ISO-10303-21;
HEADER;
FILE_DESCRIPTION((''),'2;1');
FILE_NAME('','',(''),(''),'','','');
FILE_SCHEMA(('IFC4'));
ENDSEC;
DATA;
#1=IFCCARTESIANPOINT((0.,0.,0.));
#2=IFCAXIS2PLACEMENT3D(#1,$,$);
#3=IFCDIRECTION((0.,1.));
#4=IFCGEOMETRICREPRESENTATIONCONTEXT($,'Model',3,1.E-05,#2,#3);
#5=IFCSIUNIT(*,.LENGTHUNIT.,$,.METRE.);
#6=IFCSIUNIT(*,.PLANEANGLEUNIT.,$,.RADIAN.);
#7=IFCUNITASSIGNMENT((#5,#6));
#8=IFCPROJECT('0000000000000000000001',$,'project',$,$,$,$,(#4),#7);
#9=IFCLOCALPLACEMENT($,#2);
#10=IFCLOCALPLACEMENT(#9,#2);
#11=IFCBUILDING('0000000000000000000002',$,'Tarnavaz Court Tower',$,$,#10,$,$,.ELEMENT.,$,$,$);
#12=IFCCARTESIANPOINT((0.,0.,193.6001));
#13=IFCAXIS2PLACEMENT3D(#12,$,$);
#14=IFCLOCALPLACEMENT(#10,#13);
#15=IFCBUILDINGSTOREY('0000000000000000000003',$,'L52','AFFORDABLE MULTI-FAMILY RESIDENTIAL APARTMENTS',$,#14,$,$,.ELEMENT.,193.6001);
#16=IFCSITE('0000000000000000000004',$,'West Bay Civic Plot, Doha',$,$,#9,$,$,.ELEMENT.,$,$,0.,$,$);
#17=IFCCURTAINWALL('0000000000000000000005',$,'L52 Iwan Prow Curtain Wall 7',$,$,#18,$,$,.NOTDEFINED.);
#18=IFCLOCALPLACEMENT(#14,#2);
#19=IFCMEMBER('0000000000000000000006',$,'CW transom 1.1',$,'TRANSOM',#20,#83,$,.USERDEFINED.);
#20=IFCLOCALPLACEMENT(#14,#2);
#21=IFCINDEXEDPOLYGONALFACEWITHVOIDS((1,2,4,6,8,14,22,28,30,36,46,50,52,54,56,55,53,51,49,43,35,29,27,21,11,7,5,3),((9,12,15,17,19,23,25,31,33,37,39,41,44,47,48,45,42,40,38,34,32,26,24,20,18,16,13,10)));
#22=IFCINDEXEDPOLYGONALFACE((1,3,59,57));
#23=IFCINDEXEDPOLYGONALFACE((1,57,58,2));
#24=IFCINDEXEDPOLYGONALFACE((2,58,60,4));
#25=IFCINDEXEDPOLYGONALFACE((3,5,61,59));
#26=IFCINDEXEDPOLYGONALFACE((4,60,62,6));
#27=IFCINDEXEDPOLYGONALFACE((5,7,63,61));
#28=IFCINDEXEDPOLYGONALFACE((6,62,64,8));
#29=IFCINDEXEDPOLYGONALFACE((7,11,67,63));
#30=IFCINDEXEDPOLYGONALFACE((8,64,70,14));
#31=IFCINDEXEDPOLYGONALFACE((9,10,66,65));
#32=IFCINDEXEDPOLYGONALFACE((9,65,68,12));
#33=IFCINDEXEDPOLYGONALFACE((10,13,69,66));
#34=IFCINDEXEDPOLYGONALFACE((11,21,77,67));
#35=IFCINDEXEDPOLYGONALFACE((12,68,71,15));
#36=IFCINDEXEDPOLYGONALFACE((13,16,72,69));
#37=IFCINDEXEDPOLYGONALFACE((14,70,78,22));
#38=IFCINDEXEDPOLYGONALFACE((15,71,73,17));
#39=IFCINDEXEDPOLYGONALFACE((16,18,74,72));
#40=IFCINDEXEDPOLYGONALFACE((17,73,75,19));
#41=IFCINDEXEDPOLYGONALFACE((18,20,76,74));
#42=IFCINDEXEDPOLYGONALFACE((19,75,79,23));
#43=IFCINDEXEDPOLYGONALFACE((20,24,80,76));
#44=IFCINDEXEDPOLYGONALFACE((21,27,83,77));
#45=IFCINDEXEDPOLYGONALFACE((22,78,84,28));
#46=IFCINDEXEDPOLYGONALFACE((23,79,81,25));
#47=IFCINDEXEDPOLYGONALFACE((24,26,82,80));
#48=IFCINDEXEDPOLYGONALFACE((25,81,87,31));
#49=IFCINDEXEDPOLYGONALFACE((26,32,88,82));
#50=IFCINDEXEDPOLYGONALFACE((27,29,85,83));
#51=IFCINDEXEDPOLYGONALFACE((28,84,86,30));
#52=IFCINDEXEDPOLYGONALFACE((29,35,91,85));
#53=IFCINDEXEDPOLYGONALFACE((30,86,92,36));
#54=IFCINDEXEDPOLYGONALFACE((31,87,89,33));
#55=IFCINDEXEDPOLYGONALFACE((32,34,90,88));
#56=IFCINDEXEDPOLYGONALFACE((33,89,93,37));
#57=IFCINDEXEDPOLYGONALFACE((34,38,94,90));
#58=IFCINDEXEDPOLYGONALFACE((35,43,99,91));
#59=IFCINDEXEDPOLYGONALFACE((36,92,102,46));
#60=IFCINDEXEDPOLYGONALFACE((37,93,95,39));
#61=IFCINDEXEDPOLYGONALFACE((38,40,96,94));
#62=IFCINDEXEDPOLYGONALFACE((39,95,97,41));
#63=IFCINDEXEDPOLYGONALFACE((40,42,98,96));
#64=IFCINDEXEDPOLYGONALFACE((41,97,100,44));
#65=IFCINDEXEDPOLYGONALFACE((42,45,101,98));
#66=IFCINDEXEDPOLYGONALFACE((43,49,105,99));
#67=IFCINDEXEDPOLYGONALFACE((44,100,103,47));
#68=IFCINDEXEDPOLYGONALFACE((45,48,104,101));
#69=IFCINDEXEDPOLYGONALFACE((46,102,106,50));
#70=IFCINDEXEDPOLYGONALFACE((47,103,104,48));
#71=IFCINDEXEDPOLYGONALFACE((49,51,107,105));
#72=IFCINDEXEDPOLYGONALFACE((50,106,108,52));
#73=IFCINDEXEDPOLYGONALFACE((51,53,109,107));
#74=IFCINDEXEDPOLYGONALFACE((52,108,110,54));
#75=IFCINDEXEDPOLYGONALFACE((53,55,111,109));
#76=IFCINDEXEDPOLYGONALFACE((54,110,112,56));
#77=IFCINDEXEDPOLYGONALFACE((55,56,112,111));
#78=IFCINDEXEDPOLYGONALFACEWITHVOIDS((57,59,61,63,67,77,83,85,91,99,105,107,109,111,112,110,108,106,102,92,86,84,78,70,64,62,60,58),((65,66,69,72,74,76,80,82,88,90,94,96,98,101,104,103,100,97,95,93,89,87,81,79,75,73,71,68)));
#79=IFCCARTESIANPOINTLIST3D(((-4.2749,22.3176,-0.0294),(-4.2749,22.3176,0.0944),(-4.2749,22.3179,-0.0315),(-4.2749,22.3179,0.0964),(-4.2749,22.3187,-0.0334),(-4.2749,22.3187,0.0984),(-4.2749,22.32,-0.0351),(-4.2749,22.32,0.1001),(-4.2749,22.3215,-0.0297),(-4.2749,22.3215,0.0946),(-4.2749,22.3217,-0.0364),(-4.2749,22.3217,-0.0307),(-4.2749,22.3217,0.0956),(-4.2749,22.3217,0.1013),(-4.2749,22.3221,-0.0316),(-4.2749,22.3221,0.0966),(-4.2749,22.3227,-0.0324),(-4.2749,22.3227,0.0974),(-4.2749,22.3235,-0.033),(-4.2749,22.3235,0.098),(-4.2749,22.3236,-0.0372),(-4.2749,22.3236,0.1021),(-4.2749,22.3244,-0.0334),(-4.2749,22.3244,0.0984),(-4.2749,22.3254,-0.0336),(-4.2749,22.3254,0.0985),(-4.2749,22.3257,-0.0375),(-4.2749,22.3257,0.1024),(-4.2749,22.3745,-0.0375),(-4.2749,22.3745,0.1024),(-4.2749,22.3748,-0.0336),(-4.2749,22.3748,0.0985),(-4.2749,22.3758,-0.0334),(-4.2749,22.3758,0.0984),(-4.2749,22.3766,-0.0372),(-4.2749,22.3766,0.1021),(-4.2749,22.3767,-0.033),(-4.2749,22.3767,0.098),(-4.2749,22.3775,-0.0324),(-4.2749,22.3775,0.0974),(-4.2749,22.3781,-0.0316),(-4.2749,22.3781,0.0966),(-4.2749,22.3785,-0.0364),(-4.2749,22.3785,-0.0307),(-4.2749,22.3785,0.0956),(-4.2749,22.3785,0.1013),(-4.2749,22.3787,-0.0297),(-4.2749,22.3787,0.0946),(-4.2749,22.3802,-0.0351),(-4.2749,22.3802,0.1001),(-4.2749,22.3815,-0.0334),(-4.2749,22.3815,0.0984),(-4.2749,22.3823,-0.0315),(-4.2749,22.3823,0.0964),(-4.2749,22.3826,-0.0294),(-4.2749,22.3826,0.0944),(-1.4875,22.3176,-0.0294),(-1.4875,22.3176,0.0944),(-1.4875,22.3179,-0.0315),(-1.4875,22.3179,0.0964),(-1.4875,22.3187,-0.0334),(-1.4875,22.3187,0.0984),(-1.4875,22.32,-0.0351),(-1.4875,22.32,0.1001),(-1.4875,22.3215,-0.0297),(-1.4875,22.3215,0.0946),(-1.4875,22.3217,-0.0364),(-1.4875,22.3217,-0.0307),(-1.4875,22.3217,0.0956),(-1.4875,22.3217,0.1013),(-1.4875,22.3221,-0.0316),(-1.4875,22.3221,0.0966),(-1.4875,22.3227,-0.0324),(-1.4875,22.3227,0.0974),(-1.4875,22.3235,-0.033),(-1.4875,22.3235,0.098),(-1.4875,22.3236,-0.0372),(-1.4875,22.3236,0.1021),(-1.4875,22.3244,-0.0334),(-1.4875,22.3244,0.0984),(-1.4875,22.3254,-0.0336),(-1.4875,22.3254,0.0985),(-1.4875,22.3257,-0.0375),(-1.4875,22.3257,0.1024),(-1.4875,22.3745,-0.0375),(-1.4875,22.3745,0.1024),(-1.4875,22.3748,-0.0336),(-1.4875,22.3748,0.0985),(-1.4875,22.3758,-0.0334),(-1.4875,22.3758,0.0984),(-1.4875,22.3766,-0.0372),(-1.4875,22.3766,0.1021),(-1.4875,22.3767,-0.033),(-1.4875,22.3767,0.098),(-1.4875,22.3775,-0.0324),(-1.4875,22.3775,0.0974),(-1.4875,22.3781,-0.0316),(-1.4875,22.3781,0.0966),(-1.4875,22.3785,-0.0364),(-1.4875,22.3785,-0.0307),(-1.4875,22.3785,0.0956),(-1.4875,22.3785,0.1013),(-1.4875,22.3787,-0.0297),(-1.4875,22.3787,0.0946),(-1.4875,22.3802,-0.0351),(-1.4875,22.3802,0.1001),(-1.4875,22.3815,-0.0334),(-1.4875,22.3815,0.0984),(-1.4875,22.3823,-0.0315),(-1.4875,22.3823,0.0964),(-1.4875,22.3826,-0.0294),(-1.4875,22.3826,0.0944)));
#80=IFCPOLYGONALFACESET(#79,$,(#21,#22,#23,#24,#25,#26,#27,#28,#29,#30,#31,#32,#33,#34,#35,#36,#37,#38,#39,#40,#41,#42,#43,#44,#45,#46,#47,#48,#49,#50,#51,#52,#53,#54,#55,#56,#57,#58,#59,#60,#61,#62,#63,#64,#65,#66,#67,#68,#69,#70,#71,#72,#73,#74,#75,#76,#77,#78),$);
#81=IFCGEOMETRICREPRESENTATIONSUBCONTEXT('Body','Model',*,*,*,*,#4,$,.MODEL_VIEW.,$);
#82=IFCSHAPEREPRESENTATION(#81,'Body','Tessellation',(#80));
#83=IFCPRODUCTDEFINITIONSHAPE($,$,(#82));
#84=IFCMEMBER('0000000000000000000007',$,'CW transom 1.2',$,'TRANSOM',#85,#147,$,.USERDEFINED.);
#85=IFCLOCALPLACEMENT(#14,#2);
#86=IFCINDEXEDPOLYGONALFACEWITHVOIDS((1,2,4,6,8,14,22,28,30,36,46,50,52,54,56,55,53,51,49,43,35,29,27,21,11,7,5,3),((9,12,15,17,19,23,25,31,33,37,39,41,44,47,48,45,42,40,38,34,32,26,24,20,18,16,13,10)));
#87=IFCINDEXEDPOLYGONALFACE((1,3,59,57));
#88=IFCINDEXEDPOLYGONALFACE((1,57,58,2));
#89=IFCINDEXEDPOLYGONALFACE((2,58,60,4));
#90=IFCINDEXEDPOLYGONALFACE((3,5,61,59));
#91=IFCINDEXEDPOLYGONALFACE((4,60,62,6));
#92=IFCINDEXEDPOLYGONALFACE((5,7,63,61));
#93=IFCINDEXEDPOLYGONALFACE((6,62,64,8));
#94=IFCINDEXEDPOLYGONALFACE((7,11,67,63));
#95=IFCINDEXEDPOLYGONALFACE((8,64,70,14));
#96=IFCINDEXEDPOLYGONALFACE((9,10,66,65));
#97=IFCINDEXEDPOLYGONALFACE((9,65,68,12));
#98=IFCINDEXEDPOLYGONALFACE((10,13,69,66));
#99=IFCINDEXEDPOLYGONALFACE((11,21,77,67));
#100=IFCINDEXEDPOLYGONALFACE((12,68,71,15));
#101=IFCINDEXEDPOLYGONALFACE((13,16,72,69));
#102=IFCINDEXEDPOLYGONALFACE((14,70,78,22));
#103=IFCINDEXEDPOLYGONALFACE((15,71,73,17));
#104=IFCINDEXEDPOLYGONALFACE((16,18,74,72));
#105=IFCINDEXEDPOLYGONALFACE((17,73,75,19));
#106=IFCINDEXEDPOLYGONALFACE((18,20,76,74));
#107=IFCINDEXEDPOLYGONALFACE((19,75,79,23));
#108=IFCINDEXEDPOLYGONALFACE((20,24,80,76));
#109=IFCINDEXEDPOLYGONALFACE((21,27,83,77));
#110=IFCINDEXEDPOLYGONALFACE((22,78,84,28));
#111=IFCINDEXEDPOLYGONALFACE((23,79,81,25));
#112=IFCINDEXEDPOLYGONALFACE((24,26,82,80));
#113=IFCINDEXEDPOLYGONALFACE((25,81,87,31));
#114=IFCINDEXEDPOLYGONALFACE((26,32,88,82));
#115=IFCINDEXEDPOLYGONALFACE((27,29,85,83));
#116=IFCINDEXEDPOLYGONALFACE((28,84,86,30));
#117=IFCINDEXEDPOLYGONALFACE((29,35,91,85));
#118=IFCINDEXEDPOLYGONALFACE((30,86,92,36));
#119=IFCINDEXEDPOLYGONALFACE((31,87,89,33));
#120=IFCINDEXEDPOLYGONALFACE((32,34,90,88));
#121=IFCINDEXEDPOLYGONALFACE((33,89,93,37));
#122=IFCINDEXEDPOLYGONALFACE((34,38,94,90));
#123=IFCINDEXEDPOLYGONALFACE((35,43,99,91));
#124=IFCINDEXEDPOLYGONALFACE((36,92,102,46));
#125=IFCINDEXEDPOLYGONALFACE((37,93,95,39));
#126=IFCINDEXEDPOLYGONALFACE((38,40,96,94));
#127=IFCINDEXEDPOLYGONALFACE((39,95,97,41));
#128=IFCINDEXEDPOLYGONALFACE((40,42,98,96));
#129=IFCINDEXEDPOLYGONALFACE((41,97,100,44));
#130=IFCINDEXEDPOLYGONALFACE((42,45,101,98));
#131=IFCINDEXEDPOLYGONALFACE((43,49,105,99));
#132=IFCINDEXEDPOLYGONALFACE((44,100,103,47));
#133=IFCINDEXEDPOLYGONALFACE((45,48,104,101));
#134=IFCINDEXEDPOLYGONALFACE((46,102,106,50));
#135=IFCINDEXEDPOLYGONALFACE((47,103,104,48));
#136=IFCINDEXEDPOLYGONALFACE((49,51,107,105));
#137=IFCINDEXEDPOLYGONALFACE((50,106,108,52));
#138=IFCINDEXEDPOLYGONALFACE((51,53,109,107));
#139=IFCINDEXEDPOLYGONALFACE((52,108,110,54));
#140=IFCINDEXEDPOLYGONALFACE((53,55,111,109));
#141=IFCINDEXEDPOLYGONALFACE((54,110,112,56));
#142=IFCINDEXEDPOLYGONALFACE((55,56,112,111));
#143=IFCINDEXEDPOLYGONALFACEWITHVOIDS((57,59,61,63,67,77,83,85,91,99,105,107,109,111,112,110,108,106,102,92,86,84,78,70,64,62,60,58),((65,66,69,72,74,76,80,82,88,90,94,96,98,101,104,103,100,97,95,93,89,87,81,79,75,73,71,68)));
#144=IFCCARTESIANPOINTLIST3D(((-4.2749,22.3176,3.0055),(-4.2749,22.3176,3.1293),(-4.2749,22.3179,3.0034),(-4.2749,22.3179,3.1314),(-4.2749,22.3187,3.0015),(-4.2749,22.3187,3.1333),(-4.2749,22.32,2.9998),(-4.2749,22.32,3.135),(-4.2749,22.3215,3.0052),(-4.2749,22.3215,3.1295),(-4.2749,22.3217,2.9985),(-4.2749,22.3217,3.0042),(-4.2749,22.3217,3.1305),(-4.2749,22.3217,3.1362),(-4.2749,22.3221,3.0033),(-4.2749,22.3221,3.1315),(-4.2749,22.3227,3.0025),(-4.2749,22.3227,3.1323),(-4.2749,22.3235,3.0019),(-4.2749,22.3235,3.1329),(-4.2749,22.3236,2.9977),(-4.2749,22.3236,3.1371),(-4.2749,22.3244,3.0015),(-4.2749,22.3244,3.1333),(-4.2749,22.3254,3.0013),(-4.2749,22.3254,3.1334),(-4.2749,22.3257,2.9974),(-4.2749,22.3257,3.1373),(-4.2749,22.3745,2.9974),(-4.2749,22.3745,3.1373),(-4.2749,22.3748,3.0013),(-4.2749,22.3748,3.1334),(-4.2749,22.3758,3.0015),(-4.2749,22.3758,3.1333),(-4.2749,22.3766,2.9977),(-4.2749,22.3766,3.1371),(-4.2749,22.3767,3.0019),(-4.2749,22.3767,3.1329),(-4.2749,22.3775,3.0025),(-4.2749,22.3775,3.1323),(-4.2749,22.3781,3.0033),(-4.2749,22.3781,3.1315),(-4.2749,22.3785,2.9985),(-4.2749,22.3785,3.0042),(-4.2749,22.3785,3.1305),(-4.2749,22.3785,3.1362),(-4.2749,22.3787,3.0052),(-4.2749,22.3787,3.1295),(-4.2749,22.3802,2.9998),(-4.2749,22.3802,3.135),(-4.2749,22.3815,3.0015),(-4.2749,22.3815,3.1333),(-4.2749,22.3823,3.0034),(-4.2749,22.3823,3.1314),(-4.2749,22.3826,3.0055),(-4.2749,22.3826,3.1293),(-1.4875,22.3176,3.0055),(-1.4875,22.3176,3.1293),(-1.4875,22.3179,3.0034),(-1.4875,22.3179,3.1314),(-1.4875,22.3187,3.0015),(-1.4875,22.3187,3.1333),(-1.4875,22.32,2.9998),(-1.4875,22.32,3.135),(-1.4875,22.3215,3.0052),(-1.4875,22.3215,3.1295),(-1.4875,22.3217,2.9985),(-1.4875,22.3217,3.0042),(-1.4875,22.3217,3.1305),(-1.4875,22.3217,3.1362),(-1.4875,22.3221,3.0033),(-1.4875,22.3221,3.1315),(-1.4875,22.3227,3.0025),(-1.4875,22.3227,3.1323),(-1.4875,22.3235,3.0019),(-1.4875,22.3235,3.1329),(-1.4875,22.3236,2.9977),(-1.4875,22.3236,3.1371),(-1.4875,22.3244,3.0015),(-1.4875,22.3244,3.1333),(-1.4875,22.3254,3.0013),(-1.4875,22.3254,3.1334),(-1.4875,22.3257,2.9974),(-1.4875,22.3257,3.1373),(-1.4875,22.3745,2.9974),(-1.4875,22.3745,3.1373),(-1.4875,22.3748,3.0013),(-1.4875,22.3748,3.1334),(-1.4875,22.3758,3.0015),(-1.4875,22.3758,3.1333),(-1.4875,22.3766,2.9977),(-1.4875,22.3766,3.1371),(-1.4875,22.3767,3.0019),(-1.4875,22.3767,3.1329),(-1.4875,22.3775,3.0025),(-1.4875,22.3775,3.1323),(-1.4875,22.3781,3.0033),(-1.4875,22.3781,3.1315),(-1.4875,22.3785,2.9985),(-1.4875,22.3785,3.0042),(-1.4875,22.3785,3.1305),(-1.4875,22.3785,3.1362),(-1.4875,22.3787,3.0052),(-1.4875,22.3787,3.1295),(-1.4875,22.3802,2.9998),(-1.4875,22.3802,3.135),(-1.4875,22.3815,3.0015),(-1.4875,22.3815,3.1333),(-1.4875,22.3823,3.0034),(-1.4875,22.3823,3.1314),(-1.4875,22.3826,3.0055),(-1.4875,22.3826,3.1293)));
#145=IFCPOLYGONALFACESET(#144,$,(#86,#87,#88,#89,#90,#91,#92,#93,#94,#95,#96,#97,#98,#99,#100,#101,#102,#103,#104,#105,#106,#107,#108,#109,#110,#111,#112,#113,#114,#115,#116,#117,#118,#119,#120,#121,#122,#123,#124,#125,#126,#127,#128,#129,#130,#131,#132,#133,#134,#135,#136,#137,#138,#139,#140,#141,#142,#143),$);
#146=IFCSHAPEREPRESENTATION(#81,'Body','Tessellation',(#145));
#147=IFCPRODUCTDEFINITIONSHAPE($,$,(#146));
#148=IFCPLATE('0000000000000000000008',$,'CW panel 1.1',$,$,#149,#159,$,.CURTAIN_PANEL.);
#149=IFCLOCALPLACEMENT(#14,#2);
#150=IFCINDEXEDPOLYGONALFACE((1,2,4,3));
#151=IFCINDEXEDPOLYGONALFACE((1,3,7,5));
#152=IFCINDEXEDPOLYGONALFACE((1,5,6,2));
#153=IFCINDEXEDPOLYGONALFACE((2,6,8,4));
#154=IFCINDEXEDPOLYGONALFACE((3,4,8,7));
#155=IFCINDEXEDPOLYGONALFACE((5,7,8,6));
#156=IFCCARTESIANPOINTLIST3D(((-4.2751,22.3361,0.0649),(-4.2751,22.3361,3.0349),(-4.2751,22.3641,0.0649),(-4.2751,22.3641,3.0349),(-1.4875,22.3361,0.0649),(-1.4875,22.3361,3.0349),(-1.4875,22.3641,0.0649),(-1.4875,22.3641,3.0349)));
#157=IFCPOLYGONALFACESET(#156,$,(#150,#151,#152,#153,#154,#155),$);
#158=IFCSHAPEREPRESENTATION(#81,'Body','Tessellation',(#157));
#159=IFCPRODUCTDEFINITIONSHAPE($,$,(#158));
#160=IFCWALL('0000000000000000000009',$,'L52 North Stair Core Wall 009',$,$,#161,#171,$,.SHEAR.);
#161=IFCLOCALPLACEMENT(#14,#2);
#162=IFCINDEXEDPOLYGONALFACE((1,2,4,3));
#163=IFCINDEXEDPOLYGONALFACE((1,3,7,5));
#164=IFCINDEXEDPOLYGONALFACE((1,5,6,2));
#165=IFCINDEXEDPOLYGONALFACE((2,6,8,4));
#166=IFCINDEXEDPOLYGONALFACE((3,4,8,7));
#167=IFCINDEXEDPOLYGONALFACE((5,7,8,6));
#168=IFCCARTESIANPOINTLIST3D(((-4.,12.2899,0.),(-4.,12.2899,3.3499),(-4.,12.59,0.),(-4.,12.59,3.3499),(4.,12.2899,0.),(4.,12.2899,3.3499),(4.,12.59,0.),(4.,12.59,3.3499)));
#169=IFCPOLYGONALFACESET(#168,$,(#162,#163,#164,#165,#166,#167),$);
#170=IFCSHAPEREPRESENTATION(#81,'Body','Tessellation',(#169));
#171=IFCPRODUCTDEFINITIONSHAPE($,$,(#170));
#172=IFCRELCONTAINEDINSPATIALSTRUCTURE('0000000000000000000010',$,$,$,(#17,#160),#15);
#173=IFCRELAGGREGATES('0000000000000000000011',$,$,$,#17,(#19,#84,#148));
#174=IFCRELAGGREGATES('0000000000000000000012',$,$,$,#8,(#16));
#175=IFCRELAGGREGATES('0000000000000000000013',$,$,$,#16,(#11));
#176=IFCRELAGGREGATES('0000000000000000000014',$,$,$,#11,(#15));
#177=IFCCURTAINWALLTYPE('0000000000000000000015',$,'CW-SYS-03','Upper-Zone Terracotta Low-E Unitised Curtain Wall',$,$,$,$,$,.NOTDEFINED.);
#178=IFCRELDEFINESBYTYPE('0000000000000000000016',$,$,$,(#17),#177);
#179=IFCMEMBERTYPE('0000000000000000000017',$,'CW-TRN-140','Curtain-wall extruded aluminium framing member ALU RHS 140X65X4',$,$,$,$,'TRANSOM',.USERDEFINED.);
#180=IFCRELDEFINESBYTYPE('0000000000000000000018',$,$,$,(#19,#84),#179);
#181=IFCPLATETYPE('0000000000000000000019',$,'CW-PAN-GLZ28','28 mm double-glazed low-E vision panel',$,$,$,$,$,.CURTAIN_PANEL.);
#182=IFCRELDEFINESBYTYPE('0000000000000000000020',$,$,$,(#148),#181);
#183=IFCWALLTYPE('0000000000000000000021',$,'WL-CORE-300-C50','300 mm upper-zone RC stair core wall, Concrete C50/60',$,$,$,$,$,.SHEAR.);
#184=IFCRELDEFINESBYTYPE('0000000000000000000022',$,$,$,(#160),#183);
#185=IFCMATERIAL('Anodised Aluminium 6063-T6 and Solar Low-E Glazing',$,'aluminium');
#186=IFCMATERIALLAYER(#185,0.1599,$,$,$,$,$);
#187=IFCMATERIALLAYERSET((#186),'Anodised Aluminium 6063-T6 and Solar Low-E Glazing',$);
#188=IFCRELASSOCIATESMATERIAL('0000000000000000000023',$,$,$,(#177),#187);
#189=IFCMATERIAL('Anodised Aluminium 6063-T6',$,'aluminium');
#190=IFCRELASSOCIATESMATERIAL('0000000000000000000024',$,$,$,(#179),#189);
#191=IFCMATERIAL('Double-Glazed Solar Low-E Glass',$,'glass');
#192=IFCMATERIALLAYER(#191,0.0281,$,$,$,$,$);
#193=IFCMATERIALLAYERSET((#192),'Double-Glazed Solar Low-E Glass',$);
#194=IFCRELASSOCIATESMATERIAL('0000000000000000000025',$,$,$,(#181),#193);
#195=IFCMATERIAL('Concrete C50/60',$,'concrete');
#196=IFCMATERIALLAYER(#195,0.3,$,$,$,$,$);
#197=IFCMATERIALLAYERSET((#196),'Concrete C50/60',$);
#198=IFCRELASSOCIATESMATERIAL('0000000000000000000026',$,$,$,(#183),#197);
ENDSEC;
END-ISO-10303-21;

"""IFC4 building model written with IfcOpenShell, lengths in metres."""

from ifc_helpers import new_model, si_unit, direction, frame, frame_2d, origin, origin_2d, place, context, subcontext, project, spatial, rectangle, hollow_rectangle, extrude, material, layer, layer_set, material_profile, profile_set, type_object, element, aggregate, save


model = new_model("IFC4")

# Units and contexts
model_context = context("Model", 3, precision=1e-05, world=origin(), true_north=direction((0.0, 1.0)))
body_context = subcontext(model_context, "Body", "Model", "MODEL_VIEW")
ifc_project = project(units=[si_unit("LENGTHUNIT", "METRE"), si_unit("PLANEANGLEUNIT", "RADIAN")], contexts=[model_context])

# Site, building, storey
site_placement = place(None, origin())
site = spatial("IfcSite", under=ifc_project, at=site_placement, Name="West Bay Civic Plot, Doha", CompositionType="ELEMENT", RefElevation=0.0)
building_placement = place(site_placement, origin())
building = spatial("IfcBuilding", under=site, at=building_placement, Name="Tarnavaz Court Tower", CompositionType="ELEMENT")
storey_placement = place(building_placement, frame((0.0, 0.0, 193.6001)))
storey = spatial("IfcBuildingStorey", under=building, at=storey_placement, Name="L52", Description="AFFORDABLE MULTI-FAMILY RESIDENTIAL APARTMENTS", CompositionType="ELEMENT", Elevation=193.6001)

# Shared definitions
ifc_material_1 = material(Name="Concrete C50/60", Category="concrete")

# Curtain wall, members, plate
ifc_material_2 = material(Name="Anodised Aluminium 6063-T6 and Solar Low-E Glazing", Category="aluminium")
ifc_layer_1 = layer(ifc_material_2, 0.1599)
ifc_layer_set_1 = layer_set([ifc_layer_1], Name="Anodised Aluminium 6063-T6 and Solar Low-E Glazing")
curtain_wall_type = type_object("IfcCurtainWallType", Name="CW-SYS-03", Description="Upper-Zone Terracotta Low-E Unitised Curtain Wall", PredefinedType="NOTDEFINED", material=ifc_layer_set_1)
curtain_wall_placement = place(storey_placement, origin())
curtain_wall = element("IfcCurtainWall", 1, at=curtain_wall_placement, inside=storey, type_object=curtain_wall_type, Name="L52 Iwan Prow Curtain Wall 7", PredefinedType="NOTDEFINED")
ifc_material_3 = material(Name="Anodised Aluminium 6063-T6", Category="aluminium")
ifc_material_profile_1 = material_profile(ifc_material_3, hollow_rectangle(XDim=0.0649, YDim=0.1399, WallThickness=0.0039, InnerFilletRadius=0.0039, OuterFilletRadius=0.0081, at=origin_2d()), Name="ALU RHS 140X65X4")
ifc_profile_set_1 = profile_set([ifc_material_profile_1], Name="Anodised Aluminium 6063-T6")
member_type_1 = type_object("IfcMemberType", Name="CW-TRN-140", Description="Curtain-wall extruded aluminium framing member ALU RHS 140X65X4", ElementType="TRANSOM", PredefinedType="USERDEFINED", material=ifc_profile_set_1)
member_1_placement = place(storey_placement, frame((-4.2749, 22.3501, 0.0325), z_axis=(1.0, 0.0, 0.0), x_axis=(0.0, 1.0, 0.0)))
member_1 = element("IfcMember", 2, at=member_1_placement, type_object=member_type_1, Name="CW transom 1.1", ObjectType="TRANSOM", PredefinedType="USERDEFINED", context=body_context, shape_type="SweptSolid", body=[
    extrude(hollow_rectangle(XDim=0.0649, YDim=0.1399, WallThickness=0.0039, InnerFilletRadius=0.0039, OuterFilletRadius=0.0081, at=origin_2d()), origin(), (0.0, 0.0, 1.0), 2.7874),
])
member_2_placement = place(storey_placement, frame((-4.2749, 22.3501, 3.0674), z_axis=(1.0, 0.0, 0.0), x_axis=(0.0, 1.0, 0.0)))
member_2 = element("IfcMember", 3, at=member_2_placement, type_object=member_type_1, Name="CW transom 1.2", ObjectType="TRANSOM", PredefinedType="USERDEFINED", context=body_context, shape_type="SweptSolid", body=[
    extrude(hollow_rectangle(XDim=0.0649, YDim=0.1399, WallThickness=0.0039, InnerFilletRadius=0.0039, OuterFilletRadius=0.0081, at=origin_2d()), origin(), (0.0, 0.0, 1.0), 2.7874),
])
ifc_material_4 = material(Name="Double-Glazed Solar Low-E Glass", Category="glass")
ifc_layer_2 = layer(ifc_material_4, 0.0281)
ifc_layer_set_2 = layer_set([ifc_layer_2], Name="Double-Glazed Solar Low-E Glass")
plate_type = type_object("IfcPlateType", Name="CW-PAN-GLZ28", Description="28 mm double-glazed low-E vision panel", PredefinedType="CURTAIN_PANEL", material=ifc_layer_set_2)
plate_placement = place(storey_placement, frame((-2.8813, 22.3501, 0.0649), z_axis=(0.0, 0.0, 1.0), x_axis=(1.0, 0.0, 0.0)))
plate = element("IfcPlate", 4, at=plate_placement, type_object=plate_type, Name="CW panel 1.1", PredefinedType="CURTAIN_PANEL", context=body_context, shape_type="SweptSolid", body=[
    extrude(rectangle(XDim=2.7876, YDim=0.0281, at=origin_2d()), origin(), (0.0, 0.0, 1.0), 2.97),
])
aggregate(curtain_wall, [member_1, member_2, plate])

# Wall
ifc_layer_3 = layer(ifc_material_1, 0.3)
ifc_layer_set_3 = layer_set([ifc_layer_3], Name="Concrete C50/60")
wall_type_1 = type_object("IfcWallType", Name="WL-CORE-300-C50", Description="300 mm upper-zone RC stair core wall, Concrete C50/60", PredefinedType="SHEAR", material=ifc_layer_set_3)
wall_1_placement = place(storey_placement, frame((-4.0, 12.4399, 0.0), z_axis=(0.0, 0.0, 1.0), x_axis=(1.0, 0.0, 0.0)))
element("IfcWall", 5, at=wall_1_placement, inside=storey, type_object=wall_type_1, Name="L52 North Stair Core Wall 009", PredefinedType="SHEAR", context=body_context, shape_type="SweptSolid", body=[
    extrude(rectangle(XDim=8.0, YDim=0.3, at=frame_2d((4.0, 0.0))), origin(), (0.0, 0.0, 1.0), 3.3499),
])

save(model, "model.ifc")
